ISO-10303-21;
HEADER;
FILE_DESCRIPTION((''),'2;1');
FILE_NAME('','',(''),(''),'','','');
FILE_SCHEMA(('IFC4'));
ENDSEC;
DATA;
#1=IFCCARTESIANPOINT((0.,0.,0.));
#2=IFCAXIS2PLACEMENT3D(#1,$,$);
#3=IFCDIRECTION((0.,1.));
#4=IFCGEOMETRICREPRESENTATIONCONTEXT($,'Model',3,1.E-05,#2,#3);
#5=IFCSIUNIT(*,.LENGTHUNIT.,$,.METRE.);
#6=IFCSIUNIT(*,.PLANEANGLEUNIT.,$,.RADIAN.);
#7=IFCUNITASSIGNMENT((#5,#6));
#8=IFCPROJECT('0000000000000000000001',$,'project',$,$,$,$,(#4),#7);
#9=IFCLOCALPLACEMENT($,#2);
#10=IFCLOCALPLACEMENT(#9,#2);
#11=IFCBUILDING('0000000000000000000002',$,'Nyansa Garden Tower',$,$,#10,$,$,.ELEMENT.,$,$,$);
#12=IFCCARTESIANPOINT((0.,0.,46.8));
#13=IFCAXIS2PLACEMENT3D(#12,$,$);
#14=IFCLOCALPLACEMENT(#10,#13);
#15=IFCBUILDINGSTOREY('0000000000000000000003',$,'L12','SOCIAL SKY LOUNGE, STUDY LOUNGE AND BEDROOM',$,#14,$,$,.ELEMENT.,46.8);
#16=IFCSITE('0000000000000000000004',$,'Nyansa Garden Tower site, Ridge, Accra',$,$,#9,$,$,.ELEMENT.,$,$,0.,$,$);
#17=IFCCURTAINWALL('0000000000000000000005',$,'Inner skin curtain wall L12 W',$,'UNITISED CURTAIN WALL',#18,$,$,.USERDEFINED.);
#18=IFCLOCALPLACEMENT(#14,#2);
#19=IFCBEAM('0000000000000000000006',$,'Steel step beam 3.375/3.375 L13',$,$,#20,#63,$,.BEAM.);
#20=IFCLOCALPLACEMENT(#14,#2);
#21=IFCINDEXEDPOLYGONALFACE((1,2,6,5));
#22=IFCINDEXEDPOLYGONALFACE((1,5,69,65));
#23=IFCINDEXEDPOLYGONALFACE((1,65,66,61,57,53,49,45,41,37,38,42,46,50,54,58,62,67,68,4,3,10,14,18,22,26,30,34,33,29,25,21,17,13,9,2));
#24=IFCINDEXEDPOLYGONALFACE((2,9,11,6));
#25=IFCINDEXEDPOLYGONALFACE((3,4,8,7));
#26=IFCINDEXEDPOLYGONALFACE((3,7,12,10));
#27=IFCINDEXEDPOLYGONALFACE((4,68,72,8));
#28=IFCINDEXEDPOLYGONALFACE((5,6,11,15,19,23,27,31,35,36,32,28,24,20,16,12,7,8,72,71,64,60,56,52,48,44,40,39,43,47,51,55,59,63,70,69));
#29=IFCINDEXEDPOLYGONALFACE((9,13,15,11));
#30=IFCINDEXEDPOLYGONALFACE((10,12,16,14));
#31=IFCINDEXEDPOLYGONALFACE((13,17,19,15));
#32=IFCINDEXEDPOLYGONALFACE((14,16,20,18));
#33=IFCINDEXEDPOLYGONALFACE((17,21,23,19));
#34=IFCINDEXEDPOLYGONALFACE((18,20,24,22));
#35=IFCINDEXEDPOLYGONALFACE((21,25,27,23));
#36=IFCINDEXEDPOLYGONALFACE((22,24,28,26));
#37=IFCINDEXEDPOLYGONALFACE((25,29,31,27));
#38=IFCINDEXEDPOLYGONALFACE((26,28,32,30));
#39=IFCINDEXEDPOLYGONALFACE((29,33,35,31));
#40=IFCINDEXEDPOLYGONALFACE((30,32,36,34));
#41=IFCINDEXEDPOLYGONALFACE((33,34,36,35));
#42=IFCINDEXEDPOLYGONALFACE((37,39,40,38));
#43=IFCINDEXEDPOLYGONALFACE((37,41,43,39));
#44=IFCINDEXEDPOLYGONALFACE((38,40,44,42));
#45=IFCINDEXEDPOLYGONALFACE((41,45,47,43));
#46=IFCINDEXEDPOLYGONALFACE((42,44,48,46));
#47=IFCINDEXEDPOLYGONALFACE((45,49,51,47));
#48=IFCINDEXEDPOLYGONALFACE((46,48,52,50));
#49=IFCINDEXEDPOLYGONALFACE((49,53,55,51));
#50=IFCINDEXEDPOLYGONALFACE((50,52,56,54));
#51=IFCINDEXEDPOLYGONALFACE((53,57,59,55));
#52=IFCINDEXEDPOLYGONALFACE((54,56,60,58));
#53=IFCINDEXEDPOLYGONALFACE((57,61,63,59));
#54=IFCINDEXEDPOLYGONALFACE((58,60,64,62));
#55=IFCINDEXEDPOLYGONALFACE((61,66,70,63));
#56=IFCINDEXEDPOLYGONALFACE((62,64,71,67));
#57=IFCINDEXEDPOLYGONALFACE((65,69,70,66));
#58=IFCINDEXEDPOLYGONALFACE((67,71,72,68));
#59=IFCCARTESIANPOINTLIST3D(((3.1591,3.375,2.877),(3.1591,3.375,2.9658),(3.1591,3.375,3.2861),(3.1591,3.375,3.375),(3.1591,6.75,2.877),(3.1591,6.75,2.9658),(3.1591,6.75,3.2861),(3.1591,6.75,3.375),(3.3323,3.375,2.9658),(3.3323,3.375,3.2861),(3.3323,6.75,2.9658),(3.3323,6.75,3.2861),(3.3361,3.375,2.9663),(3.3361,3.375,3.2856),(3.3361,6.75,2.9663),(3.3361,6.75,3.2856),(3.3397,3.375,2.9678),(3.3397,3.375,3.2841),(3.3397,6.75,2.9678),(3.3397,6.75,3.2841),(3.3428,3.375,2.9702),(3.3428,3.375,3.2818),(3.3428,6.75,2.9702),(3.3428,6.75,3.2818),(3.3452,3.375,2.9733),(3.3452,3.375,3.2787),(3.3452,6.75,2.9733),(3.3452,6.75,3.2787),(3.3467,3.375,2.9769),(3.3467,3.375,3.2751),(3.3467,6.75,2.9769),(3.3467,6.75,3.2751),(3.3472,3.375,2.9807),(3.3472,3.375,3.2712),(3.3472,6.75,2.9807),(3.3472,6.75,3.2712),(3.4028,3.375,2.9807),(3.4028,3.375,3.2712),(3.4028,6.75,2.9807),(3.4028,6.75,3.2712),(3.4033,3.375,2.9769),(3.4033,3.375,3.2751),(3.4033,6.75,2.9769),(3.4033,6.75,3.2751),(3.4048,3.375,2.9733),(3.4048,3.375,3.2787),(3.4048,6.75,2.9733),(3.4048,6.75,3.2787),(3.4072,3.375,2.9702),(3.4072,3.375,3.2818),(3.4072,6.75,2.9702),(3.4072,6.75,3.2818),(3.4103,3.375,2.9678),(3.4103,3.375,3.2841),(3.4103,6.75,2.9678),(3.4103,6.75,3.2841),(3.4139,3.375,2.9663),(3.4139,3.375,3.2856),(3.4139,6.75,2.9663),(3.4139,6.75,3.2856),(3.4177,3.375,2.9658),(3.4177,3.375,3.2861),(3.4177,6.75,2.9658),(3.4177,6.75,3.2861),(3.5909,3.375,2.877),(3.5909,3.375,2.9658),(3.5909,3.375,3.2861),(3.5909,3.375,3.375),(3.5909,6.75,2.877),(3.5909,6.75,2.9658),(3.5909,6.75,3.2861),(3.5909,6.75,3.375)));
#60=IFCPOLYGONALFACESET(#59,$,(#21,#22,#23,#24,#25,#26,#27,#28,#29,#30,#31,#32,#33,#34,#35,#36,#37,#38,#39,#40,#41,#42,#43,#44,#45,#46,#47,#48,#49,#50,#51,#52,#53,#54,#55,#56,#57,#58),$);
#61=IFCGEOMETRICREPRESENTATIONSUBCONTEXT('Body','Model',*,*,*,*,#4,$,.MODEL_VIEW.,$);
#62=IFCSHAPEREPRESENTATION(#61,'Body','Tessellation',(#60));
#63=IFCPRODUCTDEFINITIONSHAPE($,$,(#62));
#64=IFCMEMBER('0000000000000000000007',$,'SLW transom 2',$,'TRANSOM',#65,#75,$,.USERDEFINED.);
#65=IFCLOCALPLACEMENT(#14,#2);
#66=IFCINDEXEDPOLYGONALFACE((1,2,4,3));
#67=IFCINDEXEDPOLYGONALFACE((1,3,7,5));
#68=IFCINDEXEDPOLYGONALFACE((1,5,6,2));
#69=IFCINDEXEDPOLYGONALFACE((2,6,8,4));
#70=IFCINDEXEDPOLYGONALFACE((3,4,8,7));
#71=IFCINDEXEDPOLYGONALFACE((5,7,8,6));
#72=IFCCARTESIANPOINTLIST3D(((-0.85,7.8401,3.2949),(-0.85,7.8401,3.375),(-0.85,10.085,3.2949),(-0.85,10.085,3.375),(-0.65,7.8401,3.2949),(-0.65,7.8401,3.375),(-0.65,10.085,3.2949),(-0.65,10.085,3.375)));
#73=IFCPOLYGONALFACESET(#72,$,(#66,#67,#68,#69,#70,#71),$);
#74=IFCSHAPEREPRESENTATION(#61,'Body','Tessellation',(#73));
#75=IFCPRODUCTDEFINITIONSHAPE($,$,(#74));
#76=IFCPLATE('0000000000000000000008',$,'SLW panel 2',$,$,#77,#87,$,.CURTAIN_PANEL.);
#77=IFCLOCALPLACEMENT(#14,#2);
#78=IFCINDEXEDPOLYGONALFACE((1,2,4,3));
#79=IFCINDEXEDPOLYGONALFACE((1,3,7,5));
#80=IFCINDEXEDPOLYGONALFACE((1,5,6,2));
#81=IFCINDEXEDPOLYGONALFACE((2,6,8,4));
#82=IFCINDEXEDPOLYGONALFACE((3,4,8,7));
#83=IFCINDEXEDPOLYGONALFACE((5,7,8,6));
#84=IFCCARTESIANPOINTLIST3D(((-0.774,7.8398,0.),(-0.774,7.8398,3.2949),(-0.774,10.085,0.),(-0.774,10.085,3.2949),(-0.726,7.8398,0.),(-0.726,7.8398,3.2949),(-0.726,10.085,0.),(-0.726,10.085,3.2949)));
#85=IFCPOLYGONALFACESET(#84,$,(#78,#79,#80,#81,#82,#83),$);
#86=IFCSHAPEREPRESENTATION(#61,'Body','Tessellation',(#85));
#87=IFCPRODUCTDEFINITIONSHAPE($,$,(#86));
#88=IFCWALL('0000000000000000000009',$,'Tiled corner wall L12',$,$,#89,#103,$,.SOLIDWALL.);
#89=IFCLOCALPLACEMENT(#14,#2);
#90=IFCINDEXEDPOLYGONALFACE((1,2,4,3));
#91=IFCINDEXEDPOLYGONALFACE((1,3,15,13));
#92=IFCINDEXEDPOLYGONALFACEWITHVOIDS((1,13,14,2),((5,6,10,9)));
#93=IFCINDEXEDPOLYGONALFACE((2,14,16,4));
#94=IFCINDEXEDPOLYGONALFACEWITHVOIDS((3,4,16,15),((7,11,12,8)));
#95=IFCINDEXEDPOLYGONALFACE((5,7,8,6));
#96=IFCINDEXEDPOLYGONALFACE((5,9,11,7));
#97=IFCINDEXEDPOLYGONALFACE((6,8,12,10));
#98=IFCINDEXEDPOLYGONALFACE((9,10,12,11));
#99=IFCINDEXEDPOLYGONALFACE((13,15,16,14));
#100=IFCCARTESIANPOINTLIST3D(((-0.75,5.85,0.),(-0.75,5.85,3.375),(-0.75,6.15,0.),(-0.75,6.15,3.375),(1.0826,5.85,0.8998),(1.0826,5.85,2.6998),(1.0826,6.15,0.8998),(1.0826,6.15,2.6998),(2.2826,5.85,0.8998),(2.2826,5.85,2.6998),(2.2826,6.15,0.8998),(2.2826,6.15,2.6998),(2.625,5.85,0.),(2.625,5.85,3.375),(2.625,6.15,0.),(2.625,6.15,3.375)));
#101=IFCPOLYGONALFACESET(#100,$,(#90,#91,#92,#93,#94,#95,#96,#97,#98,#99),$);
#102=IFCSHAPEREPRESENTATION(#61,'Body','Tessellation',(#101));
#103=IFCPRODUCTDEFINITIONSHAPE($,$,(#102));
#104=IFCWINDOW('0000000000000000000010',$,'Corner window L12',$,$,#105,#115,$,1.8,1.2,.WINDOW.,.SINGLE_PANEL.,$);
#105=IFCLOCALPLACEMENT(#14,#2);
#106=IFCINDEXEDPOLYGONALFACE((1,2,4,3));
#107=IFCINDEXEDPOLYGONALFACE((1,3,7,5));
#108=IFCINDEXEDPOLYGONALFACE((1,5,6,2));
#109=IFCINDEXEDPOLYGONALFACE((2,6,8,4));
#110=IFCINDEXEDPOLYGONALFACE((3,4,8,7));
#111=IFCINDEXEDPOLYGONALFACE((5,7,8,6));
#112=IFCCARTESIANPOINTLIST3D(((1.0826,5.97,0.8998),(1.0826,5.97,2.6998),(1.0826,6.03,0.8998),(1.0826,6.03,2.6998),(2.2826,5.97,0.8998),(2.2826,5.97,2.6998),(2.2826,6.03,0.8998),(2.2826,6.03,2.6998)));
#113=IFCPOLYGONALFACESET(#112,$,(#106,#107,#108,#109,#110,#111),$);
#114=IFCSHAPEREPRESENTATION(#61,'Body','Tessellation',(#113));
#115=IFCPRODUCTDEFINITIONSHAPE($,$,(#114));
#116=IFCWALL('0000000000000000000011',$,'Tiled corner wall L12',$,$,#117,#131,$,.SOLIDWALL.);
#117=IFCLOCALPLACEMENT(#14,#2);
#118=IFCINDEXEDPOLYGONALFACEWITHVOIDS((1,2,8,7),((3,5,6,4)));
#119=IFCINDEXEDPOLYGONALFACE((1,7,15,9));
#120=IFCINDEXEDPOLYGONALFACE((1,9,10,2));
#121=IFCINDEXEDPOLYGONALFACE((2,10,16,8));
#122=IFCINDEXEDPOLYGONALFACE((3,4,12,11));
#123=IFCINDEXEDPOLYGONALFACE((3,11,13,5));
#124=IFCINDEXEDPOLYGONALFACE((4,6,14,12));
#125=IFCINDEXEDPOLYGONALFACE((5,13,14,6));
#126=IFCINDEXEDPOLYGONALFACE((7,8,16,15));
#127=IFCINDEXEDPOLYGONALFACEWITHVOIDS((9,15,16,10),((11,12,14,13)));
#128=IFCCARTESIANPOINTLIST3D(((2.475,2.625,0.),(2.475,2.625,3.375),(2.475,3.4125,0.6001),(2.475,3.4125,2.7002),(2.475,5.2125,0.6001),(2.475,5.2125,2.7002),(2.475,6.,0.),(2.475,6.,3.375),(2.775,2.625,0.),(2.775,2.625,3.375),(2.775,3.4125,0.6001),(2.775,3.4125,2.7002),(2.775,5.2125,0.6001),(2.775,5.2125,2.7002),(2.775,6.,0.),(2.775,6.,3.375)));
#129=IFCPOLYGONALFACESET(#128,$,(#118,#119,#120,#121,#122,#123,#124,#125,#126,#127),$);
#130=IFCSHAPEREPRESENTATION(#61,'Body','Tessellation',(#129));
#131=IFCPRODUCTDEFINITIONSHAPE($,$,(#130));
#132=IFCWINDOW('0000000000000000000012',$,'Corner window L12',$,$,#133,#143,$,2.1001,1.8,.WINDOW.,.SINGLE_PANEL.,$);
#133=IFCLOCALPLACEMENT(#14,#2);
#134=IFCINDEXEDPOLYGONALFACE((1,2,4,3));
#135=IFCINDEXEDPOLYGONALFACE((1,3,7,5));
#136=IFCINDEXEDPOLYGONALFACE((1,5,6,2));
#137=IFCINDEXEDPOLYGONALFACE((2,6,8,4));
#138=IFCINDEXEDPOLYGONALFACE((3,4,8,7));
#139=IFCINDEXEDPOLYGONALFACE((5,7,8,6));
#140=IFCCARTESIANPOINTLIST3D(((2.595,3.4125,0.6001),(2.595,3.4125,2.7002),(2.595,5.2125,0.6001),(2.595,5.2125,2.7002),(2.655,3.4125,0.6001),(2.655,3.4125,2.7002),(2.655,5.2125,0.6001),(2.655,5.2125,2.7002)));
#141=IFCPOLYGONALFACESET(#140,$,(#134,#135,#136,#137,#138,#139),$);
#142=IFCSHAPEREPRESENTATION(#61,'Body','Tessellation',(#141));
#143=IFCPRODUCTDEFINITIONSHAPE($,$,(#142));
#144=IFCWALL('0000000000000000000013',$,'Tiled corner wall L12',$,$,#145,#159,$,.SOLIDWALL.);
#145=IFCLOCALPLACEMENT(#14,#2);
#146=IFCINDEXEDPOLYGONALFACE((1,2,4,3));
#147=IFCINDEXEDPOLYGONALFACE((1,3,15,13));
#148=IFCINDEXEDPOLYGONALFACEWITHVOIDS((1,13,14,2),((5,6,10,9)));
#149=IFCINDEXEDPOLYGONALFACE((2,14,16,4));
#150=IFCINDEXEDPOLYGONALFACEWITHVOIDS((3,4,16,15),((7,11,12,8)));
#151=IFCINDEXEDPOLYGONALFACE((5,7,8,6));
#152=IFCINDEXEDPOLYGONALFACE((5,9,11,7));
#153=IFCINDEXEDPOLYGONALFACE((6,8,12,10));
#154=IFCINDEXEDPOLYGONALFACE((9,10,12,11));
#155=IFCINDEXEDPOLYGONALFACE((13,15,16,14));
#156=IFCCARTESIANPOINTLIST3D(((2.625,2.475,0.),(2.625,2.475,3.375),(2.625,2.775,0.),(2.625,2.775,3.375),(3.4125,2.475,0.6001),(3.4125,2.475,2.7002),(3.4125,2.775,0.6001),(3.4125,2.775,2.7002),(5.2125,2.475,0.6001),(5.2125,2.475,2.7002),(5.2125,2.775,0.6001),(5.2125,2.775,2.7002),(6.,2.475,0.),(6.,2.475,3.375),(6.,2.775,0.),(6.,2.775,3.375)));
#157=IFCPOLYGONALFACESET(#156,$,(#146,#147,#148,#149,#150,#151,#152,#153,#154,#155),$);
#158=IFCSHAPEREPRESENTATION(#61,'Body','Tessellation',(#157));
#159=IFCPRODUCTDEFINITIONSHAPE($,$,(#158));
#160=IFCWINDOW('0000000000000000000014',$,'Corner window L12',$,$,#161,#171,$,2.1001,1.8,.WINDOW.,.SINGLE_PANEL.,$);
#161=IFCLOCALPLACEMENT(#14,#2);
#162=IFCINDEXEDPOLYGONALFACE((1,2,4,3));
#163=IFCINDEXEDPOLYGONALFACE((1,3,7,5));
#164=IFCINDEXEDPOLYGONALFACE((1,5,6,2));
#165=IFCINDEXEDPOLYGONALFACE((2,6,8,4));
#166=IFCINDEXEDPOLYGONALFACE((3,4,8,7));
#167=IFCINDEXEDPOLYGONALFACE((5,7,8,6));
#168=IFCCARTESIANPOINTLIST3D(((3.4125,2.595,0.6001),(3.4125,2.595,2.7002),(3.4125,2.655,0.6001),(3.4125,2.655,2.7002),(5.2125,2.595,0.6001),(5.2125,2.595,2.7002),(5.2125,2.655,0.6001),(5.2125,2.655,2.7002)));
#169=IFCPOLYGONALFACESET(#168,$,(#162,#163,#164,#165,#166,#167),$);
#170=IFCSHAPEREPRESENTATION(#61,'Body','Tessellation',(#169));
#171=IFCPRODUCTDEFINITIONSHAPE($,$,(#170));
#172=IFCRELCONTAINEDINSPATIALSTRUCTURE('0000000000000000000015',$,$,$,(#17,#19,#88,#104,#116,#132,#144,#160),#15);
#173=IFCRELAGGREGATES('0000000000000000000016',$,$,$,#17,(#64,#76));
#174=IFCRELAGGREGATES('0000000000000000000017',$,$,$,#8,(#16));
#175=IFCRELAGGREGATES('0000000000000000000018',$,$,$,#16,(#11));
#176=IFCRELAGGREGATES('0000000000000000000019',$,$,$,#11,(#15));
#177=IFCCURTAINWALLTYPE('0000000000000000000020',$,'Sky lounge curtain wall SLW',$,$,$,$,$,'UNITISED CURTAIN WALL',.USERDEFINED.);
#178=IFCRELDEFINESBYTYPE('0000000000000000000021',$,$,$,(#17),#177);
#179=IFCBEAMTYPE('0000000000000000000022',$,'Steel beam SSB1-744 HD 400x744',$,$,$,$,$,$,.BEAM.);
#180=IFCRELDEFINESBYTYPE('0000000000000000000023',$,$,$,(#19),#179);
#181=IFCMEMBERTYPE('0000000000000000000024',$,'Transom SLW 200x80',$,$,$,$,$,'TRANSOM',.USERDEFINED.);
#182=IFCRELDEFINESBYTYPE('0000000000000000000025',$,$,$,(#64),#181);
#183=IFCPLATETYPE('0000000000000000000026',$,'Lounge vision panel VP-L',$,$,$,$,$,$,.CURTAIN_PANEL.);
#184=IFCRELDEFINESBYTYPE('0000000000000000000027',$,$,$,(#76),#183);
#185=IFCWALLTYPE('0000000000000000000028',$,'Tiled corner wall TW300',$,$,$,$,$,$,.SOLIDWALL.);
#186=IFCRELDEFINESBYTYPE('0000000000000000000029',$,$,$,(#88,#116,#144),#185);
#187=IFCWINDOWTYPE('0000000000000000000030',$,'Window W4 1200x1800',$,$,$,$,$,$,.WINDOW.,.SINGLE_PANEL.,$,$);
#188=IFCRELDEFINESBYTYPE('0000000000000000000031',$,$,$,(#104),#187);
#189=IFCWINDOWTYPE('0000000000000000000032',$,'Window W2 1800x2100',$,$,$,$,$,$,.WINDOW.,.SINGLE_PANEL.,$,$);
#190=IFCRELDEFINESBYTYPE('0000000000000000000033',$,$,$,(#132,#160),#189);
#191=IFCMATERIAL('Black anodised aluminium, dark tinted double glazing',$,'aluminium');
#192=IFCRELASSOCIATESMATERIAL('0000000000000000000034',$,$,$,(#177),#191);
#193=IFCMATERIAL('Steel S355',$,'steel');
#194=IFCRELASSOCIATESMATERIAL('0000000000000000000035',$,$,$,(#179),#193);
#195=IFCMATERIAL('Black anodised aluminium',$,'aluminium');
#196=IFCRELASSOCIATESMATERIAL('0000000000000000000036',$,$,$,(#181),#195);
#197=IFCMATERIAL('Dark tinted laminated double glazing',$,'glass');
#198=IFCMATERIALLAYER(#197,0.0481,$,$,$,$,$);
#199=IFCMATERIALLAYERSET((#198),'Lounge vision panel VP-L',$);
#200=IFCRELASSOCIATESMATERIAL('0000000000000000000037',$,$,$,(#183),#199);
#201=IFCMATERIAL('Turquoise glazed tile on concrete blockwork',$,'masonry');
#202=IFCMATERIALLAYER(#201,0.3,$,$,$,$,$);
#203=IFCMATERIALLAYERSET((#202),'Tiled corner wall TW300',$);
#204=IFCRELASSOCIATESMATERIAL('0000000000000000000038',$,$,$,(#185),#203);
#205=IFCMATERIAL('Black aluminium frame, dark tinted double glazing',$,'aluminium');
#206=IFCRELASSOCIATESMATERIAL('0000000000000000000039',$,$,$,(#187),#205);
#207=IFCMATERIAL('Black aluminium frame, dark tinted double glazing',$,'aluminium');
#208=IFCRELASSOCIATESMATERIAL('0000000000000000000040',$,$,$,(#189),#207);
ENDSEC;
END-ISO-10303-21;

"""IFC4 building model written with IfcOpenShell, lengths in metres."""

from ifc_helpers import new_model, si_unit, direction, frame, frame_2d, origin, origin_2d, place, context, subcontext, project, spatial, rectangle, i_section, extrude, material, layer, layer_set, material_profile, profile_set, type_object, element, fill, aggregate, save


model = new_model("IFC4")

# Units and contexts
model_context = context("Model", 3, precision=1e-05, world=origin(), true_north=direction((0.0, 1.0)))
body_context = subcontext(model_context, "Body", "Model", "MODEL_VIEW")
ifc_project = project(units=[si_unit("LENGTHUNIT", "METRE"), si_unit("PLANEANGLEUNIT", "RADIAN")], contexts=[model_context])

# Site, building, storey
site_placement = place(None, origin())
site = spatial("IfcSite", under=ifc_project, at=site_placement, Name="Nyansa Garden Tower site, Ridge, Accra", CompositionType="ELEMENT", RefElevation=0.0)
building_placement = place(site_placement, origin())
building = spatial("IfcBuilding", under=site, at=building_placement, Name="Nyansa Garden Tower", CompositionType="ELEMENT")
storey_placement = place(building_placement, frame((0.0, 0.0, 46.8)))
storey = spatial("IfcBuildingStorey", under=building, at=storey_placement, Name="L12", Description="SOCIAL SKY LOUNGE, STUDY LOUNGE AND BEDROOM", CompositionType="ELEMENT", Elevation=46.8)

# Curtain wall
ifc_material_1 = material(Name="Black anodised aluminium, dark tinted double glazing", Category="aluminium")
curtain_wall_type = type_object("IfcCurtainWallType", Name="Sky lounge curtain wall SLW", ElementType="UNITISED CURTAIN WALL", PredefinedType="USERDEFINED", material=ifc_material_1)
curtain_wall_placement = place(storey_placement, origin())
curtain_wall = element("IfcCurtainWall", 1, at=curtain_wall_placement, inside=storey, type_object=curtain_wall_type, Name="Inner skin curtain wall L12 W", ObjectType="UNITISED CURTAIN WALL", PredefinedType="USERDEFINED")

# Beam
ifc_material_2 = material(Name="Steel S355", Category="steel")
ifc_material_profile_1 = material_profile(ifc_material_2, i_section(OverallWidth=0.4319, OverallDepth=0.498, WebThickness=0.0557, FlangeThickness=0.0889, FilletRadius=0.0149, at=origin_2d()), Name="HD 400x744")
ifc_profile_set_1 = profile_set([ifc_material_profile_1], Name="Steel S355")
beam_type_1 = type_object("IfcBeamType", Name="Steel beam SSB1-744 HD 400x744", PredefinedType="BEAM", material=ifc_profile_set_1)
beam_1_placement = place(storey_placement, frame((3.375, 3.375, 3.126), z_axis=(0.0, 1.0, 0.0), x_axis=(-1.0, 0.0, 0.0)))
element("IfcBeam", 2, at=beam_1_placement, inside=storey, type_object=beam_type_1, Name="Steel step beam 3.375/3.375 L13", PredefinedType="BEAM", context=body_context, shape_type="SweptSolid", body=[
    extrude(i_section(OverallWidth=0.4319, OverallDepth=0.498, WebThickness=0.0557, FlangeThickness=0.0889, FilletRadius=0.0149, at=origin_2d()), origin(), (0.0, 0.0, 1.0), 3.375),
])

# Member
ifc_material_3 = material(Name="Black anodised aluminium", Category="aluminium")
ifc_material_profile_2 = material_profile(ifc_material_3, rectangle(XDim=0.2, YDim=0.0801, at=origin_2d()), Name="Transom 200x80")
ifc_profile_set_2 = profile_set([ifc_material_profile_2], Name="Black anodised aluminium")
member_type_1 = type_object("IfcMemberType", Name="Transom SLW 200x80", ElementType="TRANSOM", PredefinedType="USERDEFINED", material=ifc_profile_set_2)
member_1_placement = place(storey_placement, frame((-0.75, 10.085, 3.335), z_axis=(0.0, -1.0, 0.0), x_axis=(1.0, 0.0, 0.0)))
member_1 = element("IfcMember", 3, at=member_1_placement, type_object=member_type_1, Name="SLW transom 2", ObjectType="TRANSOM", PredefinedType="USERDEFINED", context=body_context, shape_type="SweptSolid", body=[
    extrude(rectangle(XDim=0.2, YDim=0.0801, at=origin_2d()), origin(), (0.0, 0.0, 1.0), 2.2449),
])

# Plate
ifc_material_4 = material(Name="Dark tinted laminated double glazing", Category="glass")
ifc_layer_1 = layer(ifc_material_4, 0.0481)
ifc_layer_set_1 = layer_set([ifc_layer_1], Name="Lounge vision panel VP-L")
plate_type = type_object("IfcPlateType", Name="Lounge vision panel VP-L", PredefinedType="CURTAIN_PANEL", material=ifc_layer_set_1)
plate_placement = place(storey_placement, frame((-0.75, 8.9624, 0.0), z_axis=(0.0, 0.0, 1.0), x_axis=(0.0, -1.0, 0.0)))
plate = element("IfcPlate", 4, at=plate_placement, type_object=plate_type, Name="SLW panel 2", PredefinedType="CURTAIN_PANEL", context=body_context, shape_type="SweptSolid", body=[
    extrude(rectangle(XDim=2.2451, YDim=0.0481, at=origin_2d()), origin(), (0.0, 0.0, 1.0), 3.2949),
])
aggregate(curtain_wall, [member_1, plate])

# Walls, openings, windows
ifc_material_5 = material(Name="Turquoise glazed tile on concrete blockwork", Category="masonry")
ifc_layer_2 = layer(ifc_material_5, 0.3)
ifc_layer_set_2 = layer_set([ifc_layer_2], Name="Tiled corner wall TW300")
wall_type = type_object("IfcWallType", Name="Tiled corner wall TW300", PredefinedType="SOLIDWALL", material=ifc_layer_set_2)
wall_1_placement = place(storey_placement, frame((-0.75, 6.0, 0.0), z_axis=(0.0, 0.0, 1.0), x_axis=(1.0, 0.0, 0.0)))
wall_1 = element("IfcWall", 5, at=wall_1_placement, inside=storey, type_object=wall_type, Name="Tiled corner wall L12", PredefinedType="SOLIDWALL", context=body_context, shape_type="SweptSolid", body=[
    extrude(rectangle(XDim=3.375, YDim=0.3, at=frame_2d((1.6875, 0.0))), origin(), (0.0, 0.0, 1.0), 3.375),
])
opening_1_placement = place(wall_1_placement, frame((1.8325, 0.0, 0.8999)))
opening_1 = element("IfcOpeningElement", 6, at=opening_1_placement, cuts=wall_1, PredefinedType="OPENING", context=body_context, shape_type="SweptSolid", body=[
    extrude(rectangle(XDim=1.2, YDim=1.8, at=frame_2d((0.6001, 0.8999))), frame((0.0, 0.1599, 0.0), z_axis=(0.0, -1.0, 0.0), x_axis=(1.0, 0.0, 0.0)), (0.0, 0.0, 1.0), 0.3201),
])
ifc_material_6 = material(Name="Black aluminium frame, dark tinted double glazing", Category="aluminium")
window_type_1 = type_object("IfcWindowType", Name="Window W4 1200x1800", PartitioningType="SINGLE_PANEL", PredefinedType="WINDOW", material=ifc_material_6)
window_1_placement = place(opening_1_placement, origin())
window_1 = element("IfcWindow", 7, at=window_1_placement, inside=storey, type_object=window_type_1, Name="Corner window L12", OverallHeight=1.8, OverallWidth=1.2, PartitioningType="SINGLE_PANEL", PredefinedType="WINDOW", context=body_context, shape_type="SweptSolid", body=[
    extrude(rectangle(XDim=1.2, YDim=1.8, at=frame_2d((0.6001, 0.8999))), frame((0.0, 0.03, 0.0), z_axis=(0.0, -1.0, 0.0), x_axis=(1.0, 0.0, 0.0)), (0.0, 0.0, 1.0), 0.0601),
])
fill(opening_1, window_1)
wall_2_placement = place(storey_placement, frame((2.625, 6.0, 0.0), z_axis=(0.0, 0.0, 1.0), x_axis=(0.0, -1.0, 0.0)))
wall_2 = element("IfcWall", 8, at=wall_2_placement, inside=storey, type_object=wall_type, Name="Tiled corner wall L12", PredefinedType="SOLIDWALL", context=body_context, shape_type="SweptSolid", body=[
    extrude(rectangle(XDim=3.375, YDim=0.3, at=frame_2d((1.6875, 0.0))), origin(), (0.0, 0.0, 1.0), 3.375),
])
opening_2_placement = place(wall_2_placement, frame((0.7876, 0.0, 0.6001)))
opening_2 = element("IfcOpeningElement", 9, at=opening_2_placement, cuts=wall_2, PredefinedType="OPENING", context=body_context, shape_type="SweptSolid", body=[
    extrude(rectangle(XDim=1.8, YDim=2.1001, at=frame_2d((0.8999, 1.05))), frame((0.0, 0.1599, 0.0), z_axis=(0.0, -1.0, 0.0), x_axis=(1.0, 0.0, 0.0)), (0.0, 0.0, 1.0), 0.3201),
])
ifc_material_7 = material(Name="Black aluminium frame, dark tinted double glazing", Category="aluminium")
window_type_2 = type_object("IfcWindowType", Name="Window W2 1800x2100", PartitioningType="SINGLE_PANEL", PredefinedType="WINDOW", material=ifc_material_7)
window_2_placement = place(opening_2_placement, origin())
window_2 = element("IfcWindow", 10, at=window_2_placement, inside=storey, type_object=window_type_2, Name="Corner window L12", OverallHeight=2.1001, OverallWidth=1.8, PartitioningType="SINGLE_PANEL", PredefinedType="WINDOW", context=body_context, shape_type="SweptSolid", body=[
    extrude(rectangle(XDim=1.8, YDim=2.1001, at=frame_2d((0.8999, 1.05))), frame((0.0, 0.03, 0.0), z_axis=(0.0, -1.0, 0.0), x_axis=(1.0, 0.0, 0.0)), (0.0, 0.0, 1.0), 0.0601),
])
fill(opening_2, window_2)
wall_3_placement = place(storey_placement, frame((2.625, 2.625, 0.0), z_axis=(0.0, 0.0, 1.0), x_axis=(1.0, 0.0, 0.0)))
wall_3 = element("IfcWall", 11, at=wall_3_placement, inside=storey, type_object=wall_type, Name="Tiled corner wall L12", PredefinedType="SOLIDWALL", context=body_context, shape_type="SweptSolid", body=[
    extrude(rectangle(XDim=3.375, YDim=0.3, at=frame_2d((1.6875, 0.0))), origin(), (0.0, 0.0, 1.0), 3.375),
])
opening_3_placement = place(wall_3_placement, frame((0.7876, 0.0, 0.6001)))
opening_3 = element("IfcOpeningElement", 12, at=opening_3_placement, cuts=wall_3, PredefinedType="OPENING", context=body_context, shape_type="SweptSolid", body=[
    extrude(rectangle(XDim=1.8, YDim=2.1001, at=frame_2d((0.8999, 1.05))), frame((0.0, 0.1599, 0.0), z_axis=(0.0, -1.0, 0.0), x_axis=(1.0, 0.0, 0.0)), (0.0, 0.0, 1.0), 0.3201),
])
window_3_placement = place(opening_3_placement, origin())
window_3 = element("IfcWindow", 13, at=window_3_placement, inside=storey, type_object=window_type_2, Name="Corner window L12", OverallHeight=2.1001, OverallWidth=1.8, PartitioningType="SINGLE_PANEL", PredefinedType="WINDOW", context=body_context, shape_type="SweptSolid", body=[
    extrude(rectangle(XDim=1.8, YDim=2.1001, at=frame_2d((0.8999, 1.05))), frame((0.0, 0.03, 0.0), z_axis=(0.0, -1.0, 0.0), x_axis=(1.0, 0.0, 0.0)), (0.0, 0.0, 1.0), 0.0601),
])
fill(opening_3, window_3)

save(model, "model.ifc")
